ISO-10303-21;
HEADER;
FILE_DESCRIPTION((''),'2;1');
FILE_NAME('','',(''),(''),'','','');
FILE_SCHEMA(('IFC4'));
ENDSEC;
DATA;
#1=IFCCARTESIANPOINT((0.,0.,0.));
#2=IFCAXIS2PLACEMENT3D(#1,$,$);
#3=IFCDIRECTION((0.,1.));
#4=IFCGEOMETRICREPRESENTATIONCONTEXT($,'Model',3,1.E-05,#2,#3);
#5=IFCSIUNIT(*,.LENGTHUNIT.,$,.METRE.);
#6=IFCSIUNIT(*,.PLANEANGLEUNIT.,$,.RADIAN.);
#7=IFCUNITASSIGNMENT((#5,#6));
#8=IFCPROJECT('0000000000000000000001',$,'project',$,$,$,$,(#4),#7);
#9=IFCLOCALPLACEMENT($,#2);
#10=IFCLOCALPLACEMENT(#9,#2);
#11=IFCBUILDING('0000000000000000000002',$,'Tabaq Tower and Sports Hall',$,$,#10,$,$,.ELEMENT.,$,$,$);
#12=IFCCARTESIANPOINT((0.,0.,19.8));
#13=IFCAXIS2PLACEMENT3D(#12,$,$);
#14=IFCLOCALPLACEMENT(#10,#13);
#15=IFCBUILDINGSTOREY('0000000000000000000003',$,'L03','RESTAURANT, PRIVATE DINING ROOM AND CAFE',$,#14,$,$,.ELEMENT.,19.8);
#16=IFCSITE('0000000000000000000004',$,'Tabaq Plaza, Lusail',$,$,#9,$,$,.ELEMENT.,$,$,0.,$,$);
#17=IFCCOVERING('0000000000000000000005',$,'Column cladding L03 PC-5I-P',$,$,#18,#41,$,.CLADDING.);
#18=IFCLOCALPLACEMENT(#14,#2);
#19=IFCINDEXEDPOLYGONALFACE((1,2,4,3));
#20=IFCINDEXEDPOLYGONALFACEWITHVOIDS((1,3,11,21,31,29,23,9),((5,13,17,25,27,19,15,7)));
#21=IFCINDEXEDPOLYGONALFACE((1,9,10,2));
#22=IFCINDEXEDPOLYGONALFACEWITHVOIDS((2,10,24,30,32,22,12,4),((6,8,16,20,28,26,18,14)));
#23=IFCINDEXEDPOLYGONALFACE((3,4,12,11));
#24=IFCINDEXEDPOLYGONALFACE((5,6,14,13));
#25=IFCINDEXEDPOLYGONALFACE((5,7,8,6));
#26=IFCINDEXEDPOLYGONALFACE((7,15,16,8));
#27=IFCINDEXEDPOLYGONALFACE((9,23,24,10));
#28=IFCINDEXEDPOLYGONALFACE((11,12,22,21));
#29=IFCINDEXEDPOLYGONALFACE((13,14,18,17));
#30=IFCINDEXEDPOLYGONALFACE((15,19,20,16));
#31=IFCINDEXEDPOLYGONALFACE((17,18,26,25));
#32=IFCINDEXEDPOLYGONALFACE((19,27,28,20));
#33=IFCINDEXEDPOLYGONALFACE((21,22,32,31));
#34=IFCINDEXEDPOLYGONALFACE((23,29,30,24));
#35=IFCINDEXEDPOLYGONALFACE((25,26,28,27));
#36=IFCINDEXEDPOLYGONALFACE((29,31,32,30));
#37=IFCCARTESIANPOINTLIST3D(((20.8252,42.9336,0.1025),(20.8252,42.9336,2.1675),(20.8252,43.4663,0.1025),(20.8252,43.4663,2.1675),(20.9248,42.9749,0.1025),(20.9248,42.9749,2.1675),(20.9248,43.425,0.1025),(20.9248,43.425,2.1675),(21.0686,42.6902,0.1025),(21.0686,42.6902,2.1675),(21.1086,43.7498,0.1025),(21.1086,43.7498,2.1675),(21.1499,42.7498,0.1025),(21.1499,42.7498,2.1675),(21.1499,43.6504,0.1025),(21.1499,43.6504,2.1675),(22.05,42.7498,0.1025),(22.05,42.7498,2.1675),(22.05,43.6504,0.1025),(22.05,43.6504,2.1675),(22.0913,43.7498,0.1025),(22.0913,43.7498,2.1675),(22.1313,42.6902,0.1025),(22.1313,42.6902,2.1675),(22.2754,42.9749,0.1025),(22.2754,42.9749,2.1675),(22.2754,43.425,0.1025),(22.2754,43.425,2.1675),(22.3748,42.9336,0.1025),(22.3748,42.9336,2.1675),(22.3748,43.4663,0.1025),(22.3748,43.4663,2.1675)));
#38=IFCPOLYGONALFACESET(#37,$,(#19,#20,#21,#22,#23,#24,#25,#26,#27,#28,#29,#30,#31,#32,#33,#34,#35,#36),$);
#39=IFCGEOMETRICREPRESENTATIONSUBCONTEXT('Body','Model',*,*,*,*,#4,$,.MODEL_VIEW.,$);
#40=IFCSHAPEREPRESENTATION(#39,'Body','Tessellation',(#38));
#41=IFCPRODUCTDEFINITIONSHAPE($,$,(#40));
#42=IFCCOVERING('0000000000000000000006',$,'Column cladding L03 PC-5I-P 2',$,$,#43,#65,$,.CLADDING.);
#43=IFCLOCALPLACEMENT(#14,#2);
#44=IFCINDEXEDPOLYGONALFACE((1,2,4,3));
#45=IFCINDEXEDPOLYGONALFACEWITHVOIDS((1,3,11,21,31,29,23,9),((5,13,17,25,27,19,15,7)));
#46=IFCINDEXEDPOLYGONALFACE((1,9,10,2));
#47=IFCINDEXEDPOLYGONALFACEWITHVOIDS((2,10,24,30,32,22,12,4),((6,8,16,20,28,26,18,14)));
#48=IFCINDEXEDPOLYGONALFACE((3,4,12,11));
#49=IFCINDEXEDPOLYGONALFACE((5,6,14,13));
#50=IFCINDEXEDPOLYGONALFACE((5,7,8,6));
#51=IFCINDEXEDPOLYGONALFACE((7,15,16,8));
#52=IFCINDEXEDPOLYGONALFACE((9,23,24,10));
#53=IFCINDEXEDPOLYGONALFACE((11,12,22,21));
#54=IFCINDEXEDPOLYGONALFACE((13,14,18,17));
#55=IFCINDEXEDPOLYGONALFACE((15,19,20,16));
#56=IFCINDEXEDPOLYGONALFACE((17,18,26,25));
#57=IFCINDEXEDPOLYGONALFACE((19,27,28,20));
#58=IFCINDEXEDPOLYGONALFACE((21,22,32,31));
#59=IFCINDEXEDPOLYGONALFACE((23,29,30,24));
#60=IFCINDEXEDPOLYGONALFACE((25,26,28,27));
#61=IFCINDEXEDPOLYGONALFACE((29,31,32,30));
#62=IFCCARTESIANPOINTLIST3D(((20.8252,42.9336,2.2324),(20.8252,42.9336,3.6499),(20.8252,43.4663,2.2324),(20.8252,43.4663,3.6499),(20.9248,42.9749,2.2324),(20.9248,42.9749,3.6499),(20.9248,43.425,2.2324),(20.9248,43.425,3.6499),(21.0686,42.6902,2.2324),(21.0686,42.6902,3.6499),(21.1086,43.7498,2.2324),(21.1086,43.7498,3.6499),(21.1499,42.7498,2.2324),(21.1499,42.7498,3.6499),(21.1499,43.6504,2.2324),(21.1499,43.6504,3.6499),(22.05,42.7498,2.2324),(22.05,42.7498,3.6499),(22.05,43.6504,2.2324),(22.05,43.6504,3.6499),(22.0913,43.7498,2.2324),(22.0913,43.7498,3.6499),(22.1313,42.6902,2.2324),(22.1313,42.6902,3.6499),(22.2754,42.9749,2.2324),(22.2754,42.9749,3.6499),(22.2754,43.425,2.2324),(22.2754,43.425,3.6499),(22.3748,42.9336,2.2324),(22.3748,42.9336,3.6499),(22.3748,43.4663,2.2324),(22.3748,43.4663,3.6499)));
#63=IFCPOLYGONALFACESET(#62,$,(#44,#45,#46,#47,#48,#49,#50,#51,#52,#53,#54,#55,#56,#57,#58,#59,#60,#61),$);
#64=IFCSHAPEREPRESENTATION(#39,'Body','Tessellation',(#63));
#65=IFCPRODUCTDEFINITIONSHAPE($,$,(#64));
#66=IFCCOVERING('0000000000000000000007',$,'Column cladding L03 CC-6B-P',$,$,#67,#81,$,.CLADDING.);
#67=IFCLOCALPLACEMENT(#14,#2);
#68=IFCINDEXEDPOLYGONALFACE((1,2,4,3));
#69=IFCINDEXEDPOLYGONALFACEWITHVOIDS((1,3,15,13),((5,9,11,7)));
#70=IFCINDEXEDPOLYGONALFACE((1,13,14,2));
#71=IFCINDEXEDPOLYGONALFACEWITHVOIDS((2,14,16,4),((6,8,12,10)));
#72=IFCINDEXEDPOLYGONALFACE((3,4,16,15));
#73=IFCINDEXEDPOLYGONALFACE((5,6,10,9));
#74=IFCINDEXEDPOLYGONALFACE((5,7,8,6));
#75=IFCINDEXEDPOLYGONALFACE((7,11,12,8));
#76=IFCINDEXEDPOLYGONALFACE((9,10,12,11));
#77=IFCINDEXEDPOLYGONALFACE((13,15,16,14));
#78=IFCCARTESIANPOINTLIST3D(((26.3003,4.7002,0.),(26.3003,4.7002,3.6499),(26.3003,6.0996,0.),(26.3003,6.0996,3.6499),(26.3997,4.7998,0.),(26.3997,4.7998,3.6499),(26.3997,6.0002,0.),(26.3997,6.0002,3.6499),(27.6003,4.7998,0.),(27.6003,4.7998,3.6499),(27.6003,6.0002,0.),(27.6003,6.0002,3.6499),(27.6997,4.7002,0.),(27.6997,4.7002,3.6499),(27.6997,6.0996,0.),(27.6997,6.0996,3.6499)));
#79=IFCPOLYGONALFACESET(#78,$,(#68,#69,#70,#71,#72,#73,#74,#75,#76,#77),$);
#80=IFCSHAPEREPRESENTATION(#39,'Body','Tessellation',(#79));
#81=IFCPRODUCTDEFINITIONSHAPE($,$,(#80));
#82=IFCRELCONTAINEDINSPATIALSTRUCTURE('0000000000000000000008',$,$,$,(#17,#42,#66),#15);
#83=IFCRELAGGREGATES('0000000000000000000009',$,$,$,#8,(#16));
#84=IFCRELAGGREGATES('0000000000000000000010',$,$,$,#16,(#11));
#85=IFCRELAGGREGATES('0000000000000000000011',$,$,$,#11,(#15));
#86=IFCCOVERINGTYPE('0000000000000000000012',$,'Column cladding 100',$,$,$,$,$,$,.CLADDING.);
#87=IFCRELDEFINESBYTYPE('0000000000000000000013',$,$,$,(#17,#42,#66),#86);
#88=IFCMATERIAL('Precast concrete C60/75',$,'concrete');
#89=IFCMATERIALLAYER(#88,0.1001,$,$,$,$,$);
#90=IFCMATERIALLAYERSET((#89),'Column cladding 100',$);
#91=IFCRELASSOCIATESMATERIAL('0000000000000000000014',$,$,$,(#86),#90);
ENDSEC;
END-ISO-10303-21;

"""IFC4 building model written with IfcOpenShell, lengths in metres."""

from ifc_helpers import new_model, si_unit, direction, frame, origin, place, context, subcontext, project, spatial, polyline, outline, extrude, material, layer, layer_set, type_object, element, save


model = new_model("IFC4")

# Units and contexts
model_context = context("Model", 3, precision=1e-05, world=origin(), true_north=direction((0.0, 1.0)))
body_context = subcontext(model_context, "Body", "Model", "MODEL_VIEW")
ifc_project = project(units=[si_unit("LENGTHUNIT", "METRE"), si_unit("PLANEANGLEUNIT", "RADIAN")], contexts=[model_context])

# Site, building, storey
site_placement = place(None, origin())
site = spatial("IfcSite", under=ifc_project, at=site_placement, Name="Tabaq Plaza, Lusail", CompositionType="ELEMENT", RefElevation=0.0)
building_placement = place(site_placement, origin())
building = spatial("IfcBuilding", under=site, at=building_placement, Name="Tabaq Tower and Sports Hall", CompositionType="ELEMENT")
storey_placement = place(building_placement, frame((0.0, 0.0, 19.8)))
storey = spatial("IfcBuildingStorey", under=building, at=storey_placement, Name="L03", Description="RESTAURANT, PRIVATE DINING ROOM AND CAFE", CompositionType="ELEMENT", Elevation=19.8)

# Coverings
ifc_material = material(Name="Precast concrete C60/75", Category="concrete")
ifc_layer = layer(ifc_material, 0.1001)
ifc_layer_set = layer_set([ifc_layer], Name="Column cladding 100")
covering_type = type_object("IfcCoveringType", Name="Column cladding 100", PredefinedType="CLADDING", material=ifc_layer_set)
covering_1_placement = place(storey_placement, frame((0.0, 0.0, 0.1025)))
element("IfcCovering", 1, at=covering_1_placement, inside=storey, type_object=covering_type, Name="Column cladding L03 PC-5I-P", PredefinedType="CLADDING", context=body_context, shape_type="SweptSolid", body=[
    extrude(outline(polyline([(20.8252, 43.4663), (21.1086, 43.7498), (22.0913, 43.7498), (22.3748, 43.4663), (22.3748, 42.9336), (22.1313, 42.6902), (21.0686, 42.6902), (20.8252, 42.9336), (20.8252, 43.4663)]), holes=[polyline([(22.2754, 42.9749), (22.2754, 43.425), (22.05, 43.6504), (21.1499, 43.6504), (20.9248, 43.425), (20.9248, 42.9749), (21.1499, 42.7498), (22.05, 42.7498), (22.2754, 42.9749)])]), origin(), (0.0, 0.0, 1.0), 2.0649),
])
covering_2_placement = place(storey_placement, frame((0.0, 0.0, 2.2324)))
element("IfcCovering", 2, at=covering_2_placement, inside=storey, type_object=covering_type, Name="Column cladding L03 PC-5I-P 2", PredefinedType="CLADDING", context=body_context, shape_type="SweptSolid", body=[
    extrude(outline(polyline([(20.8252, 43.4663), (21.1086, 43.7498), (22.0913, 43.7498), (22.3748, 43.4663), (22.3748, 42.9336), (22.1313, 42.6902), (21.0686, 42.6902), (20.8252, 42.9336), (20.8252, 43.4663)]), holes=[polyline([(22.2754, 42.9749), (22.2754, 43.425), (22.05, 43.6504), (21.1499, 43.6504), (20.9248, 43.425), (20.9248, 42.9749), (21.1499, 42.7498), (22.05, 42.7498), (22.2754, 42.9749)])]), origin(), (0.0, 0.0, 1.0), 1.4175),
])
covering_3_placement = place(storey_placement, origin())
element("IfcCovering", 3, at=covering_3_placement, inside=storey, type_object=covering_type, Name="Column cladding L03 CC-6B-P", PredefinedType="CLADDING", context=body_context, shape_type="SweptSolid", body=[
    extrude(outline(polyline([(26.3003, 6.0996), (27.6997, 6.0996), (27.6997, 4.7002), (26.3003, 4.7002), (26.3003, 6.0996)]), holes=[polyline([(27.6003, 4.7998), (27.6003, 6.0002), (26.3997, 6.0002), (26.3997, 4.7998), (27.6003, 4.7998)])]), origin(), (0.0, 0.0, 1.0), 3.6499),
])

save(model, "model.ifc")
